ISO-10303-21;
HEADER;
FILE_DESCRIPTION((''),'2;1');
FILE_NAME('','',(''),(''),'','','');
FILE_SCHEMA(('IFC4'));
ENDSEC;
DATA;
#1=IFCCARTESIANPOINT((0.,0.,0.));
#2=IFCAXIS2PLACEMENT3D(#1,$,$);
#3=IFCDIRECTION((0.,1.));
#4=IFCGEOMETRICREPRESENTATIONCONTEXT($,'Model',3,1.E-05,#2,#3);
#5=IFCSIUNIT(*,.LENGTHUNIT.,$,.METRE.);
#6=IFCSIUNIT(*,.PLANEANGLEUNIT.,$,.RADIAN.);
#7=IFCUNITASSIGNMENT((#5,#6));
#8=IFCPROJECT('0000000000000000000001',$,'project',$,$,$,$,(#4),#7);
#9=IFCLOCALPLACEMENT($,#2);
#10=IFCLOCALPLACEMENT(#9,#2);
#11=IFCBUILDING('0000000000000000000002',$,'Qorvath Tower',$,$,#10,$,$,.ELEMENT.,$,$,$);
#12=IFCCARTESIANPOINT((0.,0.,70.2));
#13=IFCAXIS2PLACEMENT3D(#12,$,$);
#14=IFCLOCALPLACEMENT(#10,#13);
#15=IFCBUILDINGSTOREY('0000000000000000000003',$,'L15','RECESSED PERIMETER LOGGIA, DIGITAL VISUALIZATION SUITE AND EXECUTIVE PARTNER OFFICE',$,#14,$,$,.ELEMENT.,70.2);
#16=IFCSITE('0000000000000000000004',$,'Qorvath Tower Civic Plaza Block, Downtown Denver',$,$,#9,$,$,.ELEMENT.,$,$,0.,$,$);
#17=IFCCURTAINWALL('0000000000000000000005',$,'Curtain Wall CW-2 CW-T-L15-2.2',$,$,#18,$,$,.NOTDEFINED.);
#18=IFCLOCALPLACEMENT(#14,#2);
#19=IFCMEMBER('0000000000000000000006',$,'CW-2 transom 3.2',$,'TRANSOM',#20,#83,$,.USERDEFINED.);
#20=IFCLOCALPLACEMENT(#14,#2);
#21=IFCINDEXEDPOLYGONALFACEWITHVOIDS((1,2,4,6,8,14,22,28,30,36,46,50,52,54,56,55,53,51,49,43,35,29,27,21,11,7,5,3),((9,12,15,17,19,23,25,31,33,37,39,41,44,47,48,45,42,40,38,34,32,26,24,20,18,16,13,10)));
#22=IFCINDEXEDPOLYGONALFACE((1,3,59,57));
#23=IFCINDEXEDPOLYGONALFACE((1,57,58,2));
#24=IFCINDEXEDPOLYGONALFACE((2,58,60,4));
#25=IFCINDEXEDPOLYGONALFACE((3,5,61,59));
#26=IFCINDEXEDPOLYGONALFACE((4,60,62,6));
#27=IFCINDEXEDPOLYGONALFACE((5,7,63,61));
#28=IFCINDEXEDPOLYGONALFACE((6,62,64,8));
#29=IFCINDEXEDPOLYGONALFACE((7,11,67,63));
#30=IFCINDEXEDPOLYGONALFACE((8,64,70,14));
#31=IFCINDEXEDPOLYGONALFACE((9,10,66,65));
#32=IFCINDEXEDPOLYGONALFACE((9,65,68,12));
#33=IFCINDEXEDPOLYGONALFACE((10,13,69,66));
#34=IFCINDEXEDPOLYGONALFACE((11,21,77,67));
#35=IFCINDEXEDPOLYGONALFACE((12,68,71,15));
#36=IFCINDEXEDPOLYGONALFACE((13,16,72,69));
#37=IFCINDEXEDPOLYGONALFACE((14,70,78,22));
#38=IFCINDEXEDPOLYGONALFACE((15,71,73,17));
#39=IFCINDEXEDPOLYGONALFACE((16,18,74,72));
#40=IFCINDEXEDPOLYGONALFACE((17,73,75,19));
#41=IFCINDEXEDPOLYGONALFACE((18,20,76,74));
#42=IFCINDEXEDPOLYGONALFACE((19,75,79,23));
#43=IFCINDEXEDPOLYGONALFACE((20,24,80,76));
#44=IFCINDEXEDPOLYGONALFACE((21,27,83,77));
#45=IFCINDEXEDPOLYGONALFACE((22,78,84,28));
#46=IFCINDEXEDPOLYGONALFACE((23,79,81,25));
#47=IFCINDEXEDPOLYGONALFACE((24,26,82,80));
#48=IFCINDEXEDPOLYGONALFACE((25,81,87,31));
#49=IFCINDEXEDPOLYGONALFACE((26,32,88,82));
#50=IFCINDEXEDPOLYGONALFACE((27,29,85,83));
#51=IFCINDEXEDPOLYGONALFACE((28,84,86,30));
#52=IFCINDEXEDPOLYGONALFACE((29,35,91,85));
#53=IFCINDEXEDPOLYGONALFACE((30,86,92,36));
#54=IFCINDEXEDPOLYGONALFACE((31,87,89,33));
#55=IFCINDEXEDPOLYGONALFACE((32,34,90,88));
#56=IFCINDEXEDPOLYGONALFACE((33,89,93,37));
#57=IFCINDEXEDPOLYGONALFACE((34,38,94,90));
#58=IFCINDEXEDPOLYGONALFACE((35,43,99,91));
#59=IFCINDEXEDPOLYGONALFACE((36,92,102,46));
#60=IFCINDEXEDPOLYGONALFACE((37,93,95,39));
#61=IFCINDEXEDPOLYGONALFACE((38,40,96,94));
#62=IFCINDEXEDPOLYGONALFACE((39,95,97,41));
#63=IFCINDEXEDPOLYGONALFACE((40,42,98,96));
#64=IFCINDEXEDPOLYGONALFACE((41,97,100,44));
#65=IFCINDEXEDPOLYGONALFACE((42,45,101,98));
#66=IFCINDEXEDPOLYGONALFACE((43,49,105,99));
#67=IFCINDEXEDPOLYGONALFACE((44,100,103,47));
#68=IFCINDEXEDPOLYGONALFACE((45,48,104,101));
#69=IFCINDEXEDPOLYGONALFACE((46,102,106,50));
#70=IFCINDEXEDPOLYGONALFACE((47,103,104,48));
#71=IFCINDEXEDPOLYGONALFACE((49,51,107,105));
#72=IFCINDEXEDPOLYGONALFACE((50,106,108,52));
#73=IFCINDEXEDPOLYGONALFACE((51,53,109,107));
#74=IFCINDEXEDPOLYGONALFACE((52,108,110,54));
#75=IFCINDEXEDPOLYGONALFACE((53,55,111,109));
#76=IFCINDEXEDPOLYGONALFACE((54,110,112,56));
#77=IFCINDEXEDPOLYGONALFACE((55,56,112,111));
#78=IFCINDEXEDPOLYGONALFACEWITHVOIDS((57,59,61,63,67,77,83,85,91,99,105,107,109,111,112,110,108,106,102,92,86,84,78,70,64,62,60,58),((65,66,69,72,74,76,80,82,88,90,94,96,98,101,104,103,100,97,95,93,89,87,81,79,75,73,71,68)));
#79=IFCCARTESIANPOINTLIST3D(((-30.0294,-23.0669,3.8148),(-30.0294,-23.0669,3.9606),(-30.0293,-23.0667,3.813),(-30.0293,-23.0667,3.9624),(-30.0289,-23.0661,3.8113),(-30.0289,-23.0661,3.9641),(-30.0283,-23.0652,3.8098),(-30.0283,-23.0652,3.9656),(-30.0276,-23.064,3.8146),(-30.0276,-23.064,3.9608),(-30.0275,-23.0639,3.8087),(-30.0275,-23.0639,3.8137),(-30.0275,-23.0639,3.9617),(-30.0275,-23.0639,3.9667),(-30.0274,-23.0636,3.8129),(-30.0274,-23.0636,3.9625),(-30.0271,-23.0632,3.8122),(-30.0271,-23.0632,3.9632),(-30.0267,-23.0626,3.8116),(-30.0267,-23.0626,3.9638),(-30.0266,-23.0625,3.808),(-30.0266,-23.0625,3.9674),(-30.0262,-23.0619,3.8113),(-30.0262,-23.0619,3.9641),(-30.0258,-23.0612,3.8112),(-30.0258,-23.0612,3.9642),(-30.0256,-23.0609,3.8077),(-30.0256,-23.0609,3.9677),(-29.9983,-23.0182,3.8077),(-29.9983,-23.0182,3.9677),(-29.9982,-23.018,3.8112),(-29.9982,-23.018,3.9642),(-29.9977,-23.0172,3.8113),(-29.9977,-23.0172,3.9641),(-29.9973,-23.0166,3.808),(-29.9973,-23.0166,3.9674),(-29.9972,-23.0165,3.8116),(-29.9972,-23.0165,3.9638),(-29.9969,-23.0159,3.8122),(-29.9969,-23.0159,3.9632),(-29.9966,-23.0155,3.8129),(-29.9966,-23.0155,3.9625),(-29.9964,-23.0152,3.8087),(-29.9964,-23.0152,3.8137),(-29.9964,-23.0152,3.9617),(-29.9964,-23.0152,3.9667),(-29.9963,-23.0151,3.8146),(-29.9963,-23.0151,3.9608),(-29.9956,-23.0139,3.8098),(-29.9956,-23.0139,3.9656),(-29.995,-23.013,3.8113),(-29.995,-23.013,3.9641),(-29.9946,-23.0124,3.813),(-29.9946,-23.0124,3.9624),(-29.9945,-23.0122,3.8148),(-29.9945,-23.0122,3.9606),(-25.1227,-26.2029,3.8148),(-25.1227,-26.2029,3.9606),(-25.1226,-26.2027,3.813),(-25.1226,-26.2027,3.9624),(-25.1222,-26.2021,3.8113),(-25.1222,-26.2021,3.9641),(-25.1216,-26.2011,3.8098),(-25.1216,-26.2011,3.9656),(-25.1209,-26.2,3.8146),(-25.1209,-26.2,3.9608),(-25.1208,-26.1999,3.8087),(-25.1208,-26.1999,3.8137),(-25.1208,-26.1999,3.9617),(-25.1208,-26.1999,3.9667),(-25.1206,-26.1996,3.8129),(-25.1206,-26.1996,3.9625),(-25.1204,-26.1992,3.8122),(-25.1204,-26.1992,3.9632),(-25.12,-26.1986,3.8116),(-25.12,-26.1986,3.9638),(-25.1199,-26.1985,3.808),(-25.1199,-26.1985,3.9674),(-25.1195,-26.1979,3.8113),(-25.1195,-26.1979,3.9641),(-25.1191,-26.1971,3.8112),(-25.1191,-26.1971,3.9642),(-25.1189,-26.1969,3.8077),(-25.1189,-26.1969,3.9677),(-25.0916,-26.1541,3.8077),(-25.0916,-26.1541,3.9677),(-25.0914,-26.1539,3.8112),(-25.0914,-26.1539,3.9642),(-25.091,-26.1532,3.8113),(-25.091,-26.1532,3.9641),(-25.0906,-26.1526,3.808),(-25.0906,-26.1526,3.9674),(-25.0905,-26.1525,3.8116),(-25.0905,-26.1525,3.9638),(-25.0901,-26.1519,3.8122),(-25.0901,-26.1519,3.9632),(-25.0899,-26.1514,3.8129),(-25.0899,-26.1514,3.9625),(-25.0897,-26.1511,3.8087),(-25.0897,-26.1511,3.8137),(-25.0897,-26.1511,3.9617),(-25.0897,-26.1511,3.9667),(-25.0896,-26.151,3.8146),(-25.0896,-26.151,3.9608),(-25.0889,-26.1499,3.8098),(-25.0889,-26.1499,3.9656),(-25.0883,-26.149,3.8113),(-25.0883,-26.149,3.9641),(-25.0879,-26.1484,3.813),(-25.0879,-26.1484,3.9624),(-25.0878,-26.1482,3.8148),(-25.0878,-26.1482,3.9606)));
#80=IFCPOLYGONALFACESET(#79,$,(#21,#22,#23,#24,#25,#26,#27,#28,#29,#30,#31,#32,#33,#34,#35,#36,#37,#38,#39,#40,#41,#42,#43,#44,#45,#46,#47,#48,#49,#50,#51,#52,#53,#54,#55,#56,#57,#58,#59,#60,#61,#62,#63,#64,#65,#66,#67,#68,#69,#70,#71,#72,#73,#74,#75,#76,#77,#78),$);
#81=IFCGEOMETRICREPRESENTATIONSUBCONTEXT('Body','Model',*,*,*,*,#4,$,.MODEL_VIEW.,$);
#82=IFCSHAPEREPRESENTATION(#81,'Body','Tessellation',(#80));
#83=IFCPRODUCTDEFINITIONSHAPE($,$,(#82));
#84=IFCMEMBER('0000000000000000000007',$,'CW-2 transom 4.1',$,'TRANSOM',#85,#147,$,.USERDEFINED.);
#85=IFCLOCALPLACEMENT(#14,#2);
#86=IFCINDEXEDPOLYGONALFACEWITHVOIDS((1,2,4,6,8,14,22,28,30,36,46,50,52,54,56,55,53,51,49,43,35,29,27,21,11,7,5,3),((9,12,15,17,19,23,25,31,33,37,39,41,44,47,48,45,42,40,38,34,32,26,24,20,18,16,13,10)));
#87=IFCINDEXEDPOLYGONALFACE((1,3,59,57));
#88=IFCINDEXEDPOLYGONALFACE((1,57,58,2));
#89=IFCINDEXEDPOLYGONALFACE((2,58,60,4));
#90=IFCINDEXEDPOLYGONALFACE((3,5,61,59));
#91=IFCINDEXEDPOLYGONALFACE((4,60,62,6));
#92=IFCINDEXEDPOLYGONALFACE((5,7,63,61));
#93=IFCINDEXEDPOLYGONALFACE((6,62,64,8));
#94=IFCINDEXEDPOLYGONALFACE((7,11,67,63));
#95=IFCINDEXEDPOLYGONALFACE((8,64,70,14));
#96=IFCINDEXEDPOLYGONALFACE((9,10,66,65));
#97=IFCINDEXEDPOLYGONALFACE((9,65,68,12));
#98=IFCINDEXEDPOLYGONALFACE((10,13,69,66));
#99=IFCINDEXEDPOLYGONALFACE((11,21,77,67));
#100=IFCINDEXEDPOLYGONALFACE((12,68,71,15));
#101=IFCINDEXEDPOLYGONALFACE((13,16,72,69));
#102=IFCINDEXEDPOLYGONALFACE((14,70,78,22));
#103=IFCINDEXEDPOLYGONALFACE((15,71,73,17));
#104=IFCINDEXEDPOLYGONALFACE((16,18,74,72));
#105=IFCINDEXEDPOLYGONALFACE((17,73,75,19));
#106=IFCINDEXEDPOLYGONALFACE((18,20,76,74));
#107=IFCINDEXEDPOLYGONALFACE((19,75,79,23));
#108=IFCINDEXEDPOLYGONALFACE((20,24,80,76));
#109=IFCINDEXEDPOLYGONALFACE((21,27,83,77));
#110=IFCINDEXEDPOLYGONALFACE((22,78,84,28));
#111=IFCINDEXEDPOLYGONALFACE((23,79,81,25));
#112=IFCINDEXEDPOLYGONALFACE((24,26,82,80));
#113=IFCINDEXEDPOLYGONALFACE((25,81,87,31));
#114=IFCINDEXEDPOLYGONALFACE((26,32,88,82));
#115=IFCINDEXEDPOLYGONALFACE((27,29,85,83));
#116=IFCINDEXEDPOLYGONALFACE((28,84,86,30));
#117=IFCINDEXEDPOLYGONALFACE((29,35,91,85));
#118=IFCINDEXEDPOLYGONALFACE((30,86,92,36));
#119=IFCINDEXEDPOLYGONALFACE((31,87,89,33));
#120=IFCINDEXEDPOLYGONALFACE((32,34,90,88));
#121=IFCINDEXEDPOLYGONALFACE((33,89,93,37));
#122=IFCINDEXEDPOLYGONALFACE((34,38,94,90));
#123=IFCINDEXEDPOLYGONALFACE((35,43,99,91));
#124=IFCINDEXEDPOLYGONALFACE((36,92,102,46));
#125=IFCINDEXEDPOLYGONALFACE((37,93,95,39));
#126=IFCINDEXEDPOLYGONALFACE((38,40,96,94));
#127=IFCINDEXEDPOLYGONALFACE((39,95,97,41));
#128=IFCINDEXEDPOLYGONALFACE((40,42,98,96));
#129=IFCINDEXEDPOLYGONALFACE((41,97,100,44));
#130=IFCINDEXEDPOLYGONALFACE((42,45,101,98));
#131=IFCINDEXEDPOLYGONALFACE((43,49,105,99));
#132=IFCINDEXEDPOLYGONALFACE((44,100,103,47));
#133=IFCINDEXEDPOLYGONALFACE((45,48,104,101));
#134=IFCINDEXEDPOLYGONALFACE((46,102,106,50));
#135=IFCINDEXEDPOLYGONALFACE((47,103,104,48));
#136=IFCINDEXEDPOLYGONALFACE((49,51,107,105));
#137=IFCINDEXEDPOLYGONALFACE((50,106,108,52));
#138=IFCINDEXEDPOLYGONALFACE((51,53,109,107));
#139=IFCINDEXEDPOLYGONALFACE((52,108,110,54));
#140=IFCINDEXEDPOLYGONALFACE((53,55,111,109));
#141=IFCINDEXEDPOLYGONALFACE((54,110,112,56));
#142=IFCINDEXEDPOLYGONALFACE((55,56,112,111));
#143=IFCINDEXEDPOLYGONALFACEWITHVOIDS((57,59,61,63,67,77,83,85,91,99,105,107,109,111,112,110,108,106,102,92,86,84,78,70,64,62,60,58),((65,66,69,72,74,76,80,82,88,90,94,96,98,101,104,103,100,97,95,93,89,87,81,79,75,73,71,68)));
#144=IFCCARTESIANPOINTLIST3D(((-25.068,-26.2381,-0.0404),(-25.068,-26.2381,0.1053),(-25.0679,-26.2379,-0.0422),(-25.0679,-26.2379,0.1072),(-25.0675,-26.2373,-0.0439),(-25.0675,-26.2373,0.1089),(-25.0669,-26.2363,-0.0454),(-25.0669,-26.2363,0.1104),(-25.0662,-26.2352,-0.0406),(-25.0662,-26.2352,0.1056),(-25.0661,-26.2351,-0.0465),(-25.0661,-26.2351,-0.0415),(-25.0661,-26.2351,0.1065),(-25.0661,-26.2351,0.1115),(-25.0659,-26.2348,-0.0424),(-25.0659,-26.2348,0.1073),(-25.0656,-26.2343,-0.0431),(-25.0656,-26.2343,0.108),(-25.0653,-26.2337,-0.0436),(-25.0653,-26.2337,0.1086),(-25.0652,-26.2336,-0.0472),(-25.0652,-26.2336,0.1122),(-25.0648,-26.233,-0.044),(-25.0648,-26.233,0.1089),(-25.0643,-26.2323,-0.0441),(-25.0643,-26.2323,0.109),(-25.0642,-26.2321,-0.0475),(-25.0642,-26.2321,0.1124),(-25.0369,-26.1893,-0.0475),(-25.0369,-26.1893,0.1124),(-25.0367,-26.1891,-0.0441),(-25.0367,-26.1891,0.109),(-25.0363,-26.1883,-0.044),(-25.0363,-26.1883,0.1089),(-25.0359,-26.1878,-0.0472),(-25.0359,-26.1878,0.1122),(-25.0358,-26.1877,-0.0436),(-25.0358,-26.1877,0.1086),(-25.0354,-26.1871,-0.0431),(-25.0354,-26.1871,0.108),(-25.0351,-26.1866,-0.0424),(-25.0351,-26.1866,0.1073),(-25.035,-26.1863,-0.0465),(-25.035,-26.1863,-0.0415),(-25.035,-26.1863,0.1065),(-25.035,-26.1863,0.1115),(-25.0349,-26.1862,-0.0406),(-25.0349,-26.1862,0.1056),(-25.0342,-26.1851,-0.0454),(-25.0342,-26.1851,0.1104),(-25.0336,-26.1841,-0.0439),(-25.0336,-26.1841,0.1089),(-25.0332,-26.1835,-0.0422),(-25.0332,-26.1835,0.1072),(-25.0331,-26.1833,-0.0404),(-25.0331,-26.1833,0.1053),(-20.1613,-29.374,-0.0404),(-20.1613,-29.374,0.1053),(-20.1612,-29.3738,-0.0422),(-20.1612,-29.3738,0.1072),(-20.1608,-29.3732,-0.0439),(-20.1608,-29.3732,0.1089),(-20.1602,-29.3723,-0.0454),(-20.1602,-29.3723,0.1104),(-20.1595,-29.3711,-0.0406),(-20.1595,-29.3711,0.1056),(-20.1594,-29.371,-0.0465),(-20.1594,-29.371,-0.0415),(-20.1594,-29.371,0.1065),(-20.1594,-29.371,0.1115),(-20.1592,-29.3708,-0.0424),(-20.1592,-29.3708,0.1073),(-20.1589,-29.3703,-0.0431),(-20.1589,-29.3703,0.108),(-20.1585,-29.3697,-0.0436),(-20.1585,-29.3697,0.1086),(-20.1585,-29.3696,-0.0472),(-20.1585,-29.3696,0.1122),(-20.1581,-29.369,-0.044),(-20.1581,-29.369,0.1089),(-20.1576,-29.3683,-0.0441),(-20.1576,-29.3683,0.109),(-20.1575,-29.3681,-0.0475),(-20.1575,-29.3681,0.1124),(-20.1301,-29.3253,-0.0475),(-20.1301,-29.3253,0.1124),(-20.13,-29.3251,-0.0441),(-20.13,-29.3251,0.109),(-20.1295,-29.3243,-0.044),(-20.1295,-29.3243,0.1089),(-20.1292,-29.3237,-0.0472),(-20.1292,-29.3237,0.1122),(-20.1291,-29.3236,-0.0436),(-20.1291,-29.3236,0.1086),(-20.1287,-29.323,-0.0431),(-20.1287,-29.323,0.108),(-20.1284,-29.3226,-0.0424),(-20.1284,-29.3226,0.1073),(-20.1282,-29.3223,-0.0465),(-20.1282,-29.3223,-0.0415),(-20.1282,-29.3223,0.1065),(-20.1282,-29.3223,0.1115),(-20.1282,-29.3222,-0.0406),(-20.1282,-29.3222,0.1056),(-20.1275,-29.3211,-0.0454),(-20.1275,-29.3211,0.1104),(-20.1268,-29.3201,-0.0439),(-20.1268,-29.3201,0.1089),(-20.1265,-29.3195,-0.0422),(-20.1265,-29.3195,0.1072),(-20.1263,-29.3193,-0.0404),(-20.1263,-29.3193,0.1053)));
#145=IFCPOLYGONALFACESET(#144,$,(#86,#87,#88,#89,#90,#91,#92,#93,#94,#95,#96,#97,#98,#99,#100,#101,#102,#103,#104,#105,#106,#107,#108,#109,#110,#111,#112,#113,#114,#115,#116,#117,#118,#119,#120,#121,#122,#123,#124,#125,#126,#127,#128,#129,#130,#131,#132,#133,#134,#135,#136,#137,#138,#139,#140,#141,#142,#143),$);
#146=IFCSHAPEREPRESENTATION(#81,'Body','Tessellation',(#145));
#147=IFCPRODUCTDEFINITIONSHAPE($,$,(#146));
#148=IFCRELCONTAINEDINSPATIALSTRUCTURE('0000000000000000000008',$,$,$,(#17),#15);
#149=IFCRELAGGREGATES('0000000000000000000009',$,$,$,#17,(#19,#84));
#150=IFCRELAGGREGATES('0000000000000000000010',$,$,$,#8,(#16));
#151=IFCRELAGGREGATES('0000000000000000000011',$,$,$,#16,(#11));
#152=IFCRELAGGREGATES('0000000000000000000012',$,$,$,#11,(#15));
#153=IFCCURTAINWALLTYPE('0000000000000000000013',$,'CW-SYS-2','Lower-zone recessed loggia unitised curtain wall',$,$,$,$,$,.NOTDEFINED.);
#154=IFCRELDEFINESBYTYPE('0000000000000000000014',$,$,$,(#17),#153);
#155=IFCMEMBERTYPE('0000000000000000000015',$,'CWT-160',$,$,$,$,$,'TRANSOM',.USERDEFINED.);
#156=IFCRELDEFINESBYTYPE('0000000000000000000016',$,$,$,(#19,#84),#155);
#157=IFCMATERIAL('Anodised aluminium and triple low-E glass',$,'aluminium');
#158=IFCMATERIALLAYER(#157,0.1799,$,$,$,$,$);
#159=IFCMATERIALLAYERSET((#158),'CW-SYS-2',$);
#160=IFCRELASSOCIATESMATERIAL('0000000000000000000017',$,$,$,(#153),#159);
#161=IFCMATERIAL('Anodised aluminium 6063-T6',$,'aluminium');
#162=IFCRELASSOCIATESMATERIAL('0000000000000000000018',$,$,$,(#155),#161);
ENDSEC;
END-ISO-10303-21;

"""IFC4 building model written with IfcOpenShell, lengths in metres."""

from ifc_helpers import new_model, si_unit, direction, frame, origin, origin_2d, place, context, subcontext, project, spatial, hollow_rectangle, extrude, material, layer, layer_set, material_profile, profile_set, type_object, element, aggregate, save


model = new_model("IFC4")

# Units and contexts
model_context = context("Model", 3, precision=1e-05, world=origin(), true_north=direction((0.0, 1.0)))
body_context = subcontext(model_context, "Body", "Model", "MODEL_VIEW")
ifc_project = project(units=[si_unit("LENGTHUNIT", "METRE"), si_unit("PLANEANGLEUNIT", "RADIAN")], contexts=[model_context])

# Site, building, storey
site_placement = place(None, origin())
site = spatial("IfcSite", under=ifc_project, at=site_placement, Name="Qorvath Tower Civic Plaza Block, Downtown Denver", CompositionType="ELEMENT", RefElevation=0.0)
building_placement = place(site_placement, origin())
building = spatial("IfcBuilding", under=site, at=building_placement, Name="Qorvath Tower", CompositionType="ELEMENT")
storey_placement = place(building_placement, frame((0.0, 0.0, 70.2)))
storey = spatial("IfcBuildingStorey", under=building, at=storey_placement, Name="L15", Description="RECESSED PERIMETER LOGGIA, DIGITAL VISUALIZATION SUITE AND EXECUTIVE PARTNER OFFICE", CompositionType="ELEMENT", Elevation=70.2)

# Curtain wall, members
ifc_material_1 = material(Name="Anodised aluminium and triple low-E glass", Category="aluminium")
ifc_layer_1 = layer(ifc_material_1, 0.1799)
ifc_layer_set_1 = layer_set([ifc_layer_1], Name="CW-SYS-2")
curtain_wall_type = type_object("IfcCurtainWallType", Name="CW-SYS-2", Description="Lower-zone recessed loggia unitised curtain wall", PredefinedType="NOTDEFINED", material=ifc_layer_set_1)
curtain_wall_placement = place(storey_placement, origin())
curtain_wall = element("IfcCurtainWall", 1, at=curtain_wall_placement, inside=storey, type_object=curtain_wall_type, Name="Curtain Wall CW-2 CW-T-L15-2.2", PredefinedType="NOTDEFINED")
ifc_material_2 = material(Name="Anodised aluminium 6063-T6", Category="aluminium")
ifc_material_profile_1 = material_profile(ifc_material_2, hollow_rectangle(XDim=0.0649, YDim=0.1599, WallThickness=0.0034, InnerFilletRadius=0.0034, OuterFilletRadius=0.0071, at=origin_2d()), Name="CWT 160x65")
ifc_profile_set_1 = profile_set([ifc_material_profile_1], Name="Anodised aluminium 6063-T6")
member_type_1 = type_object("IfcMemberType", Name="CWT-160", ElementType="TRANSOM", PredefinedType="USERDEFINED", material=ifc_profile_set_1)
member_1_placement = place(storey_placement, frame((-30.012, -23.0396, 3.8877), z_axis=(0.842609, -0.538527, 0.0), x_axis=(0.538527, 0.842609, 0.0)))
member_1 = element("IfcMember", 2, at=member_1_placement, type_object=member_type_1, Name="CW-2 transom 3.2", ObjectType="TRANSOM", PredefinedType="USERDEFINED", context=body_context, shape_type="SweptSolid", body=[
    extrude(hollow_rectangle(XDim=0.0649, YDim=0.1599, WallThickness=0.0034, InnerFilletRadius=0.0034, OuterFilletRadius=0.0071, at=origin_2d()), origin(), (0.0, 0.0, 1.0), 5.8232),
])
member_2_placement = place(storey_placement, frame((-25.0505, -26.2107, 0.0325), z_axis=(0.842609, -0.538527, 0.0), x_axis=(0.538527, 0.842609, 0.0)))
member_2 = element("IfcMember", 3, at=member_2_placement, type_object=member_type_1, Name="CW-2 transom 4.1", ObjectType="TRANSOM", PredefinedType="USERDEFINED", context=body_context, shape_type="SweptSolid", body=[
    extrude(hollow_rectangle(XDim=0.0649, YDim=0.1599, WallThickness=0.0034, InnerFilletRadius=0.0034, OuterFilletRadius=0.0071, at=origin_2d()), origin(), (0.0, 0.0, 1.0), 5.8232),
])
aggregate(curtain_wall, [member_1, member_2])

save(model, "model.ifc")
